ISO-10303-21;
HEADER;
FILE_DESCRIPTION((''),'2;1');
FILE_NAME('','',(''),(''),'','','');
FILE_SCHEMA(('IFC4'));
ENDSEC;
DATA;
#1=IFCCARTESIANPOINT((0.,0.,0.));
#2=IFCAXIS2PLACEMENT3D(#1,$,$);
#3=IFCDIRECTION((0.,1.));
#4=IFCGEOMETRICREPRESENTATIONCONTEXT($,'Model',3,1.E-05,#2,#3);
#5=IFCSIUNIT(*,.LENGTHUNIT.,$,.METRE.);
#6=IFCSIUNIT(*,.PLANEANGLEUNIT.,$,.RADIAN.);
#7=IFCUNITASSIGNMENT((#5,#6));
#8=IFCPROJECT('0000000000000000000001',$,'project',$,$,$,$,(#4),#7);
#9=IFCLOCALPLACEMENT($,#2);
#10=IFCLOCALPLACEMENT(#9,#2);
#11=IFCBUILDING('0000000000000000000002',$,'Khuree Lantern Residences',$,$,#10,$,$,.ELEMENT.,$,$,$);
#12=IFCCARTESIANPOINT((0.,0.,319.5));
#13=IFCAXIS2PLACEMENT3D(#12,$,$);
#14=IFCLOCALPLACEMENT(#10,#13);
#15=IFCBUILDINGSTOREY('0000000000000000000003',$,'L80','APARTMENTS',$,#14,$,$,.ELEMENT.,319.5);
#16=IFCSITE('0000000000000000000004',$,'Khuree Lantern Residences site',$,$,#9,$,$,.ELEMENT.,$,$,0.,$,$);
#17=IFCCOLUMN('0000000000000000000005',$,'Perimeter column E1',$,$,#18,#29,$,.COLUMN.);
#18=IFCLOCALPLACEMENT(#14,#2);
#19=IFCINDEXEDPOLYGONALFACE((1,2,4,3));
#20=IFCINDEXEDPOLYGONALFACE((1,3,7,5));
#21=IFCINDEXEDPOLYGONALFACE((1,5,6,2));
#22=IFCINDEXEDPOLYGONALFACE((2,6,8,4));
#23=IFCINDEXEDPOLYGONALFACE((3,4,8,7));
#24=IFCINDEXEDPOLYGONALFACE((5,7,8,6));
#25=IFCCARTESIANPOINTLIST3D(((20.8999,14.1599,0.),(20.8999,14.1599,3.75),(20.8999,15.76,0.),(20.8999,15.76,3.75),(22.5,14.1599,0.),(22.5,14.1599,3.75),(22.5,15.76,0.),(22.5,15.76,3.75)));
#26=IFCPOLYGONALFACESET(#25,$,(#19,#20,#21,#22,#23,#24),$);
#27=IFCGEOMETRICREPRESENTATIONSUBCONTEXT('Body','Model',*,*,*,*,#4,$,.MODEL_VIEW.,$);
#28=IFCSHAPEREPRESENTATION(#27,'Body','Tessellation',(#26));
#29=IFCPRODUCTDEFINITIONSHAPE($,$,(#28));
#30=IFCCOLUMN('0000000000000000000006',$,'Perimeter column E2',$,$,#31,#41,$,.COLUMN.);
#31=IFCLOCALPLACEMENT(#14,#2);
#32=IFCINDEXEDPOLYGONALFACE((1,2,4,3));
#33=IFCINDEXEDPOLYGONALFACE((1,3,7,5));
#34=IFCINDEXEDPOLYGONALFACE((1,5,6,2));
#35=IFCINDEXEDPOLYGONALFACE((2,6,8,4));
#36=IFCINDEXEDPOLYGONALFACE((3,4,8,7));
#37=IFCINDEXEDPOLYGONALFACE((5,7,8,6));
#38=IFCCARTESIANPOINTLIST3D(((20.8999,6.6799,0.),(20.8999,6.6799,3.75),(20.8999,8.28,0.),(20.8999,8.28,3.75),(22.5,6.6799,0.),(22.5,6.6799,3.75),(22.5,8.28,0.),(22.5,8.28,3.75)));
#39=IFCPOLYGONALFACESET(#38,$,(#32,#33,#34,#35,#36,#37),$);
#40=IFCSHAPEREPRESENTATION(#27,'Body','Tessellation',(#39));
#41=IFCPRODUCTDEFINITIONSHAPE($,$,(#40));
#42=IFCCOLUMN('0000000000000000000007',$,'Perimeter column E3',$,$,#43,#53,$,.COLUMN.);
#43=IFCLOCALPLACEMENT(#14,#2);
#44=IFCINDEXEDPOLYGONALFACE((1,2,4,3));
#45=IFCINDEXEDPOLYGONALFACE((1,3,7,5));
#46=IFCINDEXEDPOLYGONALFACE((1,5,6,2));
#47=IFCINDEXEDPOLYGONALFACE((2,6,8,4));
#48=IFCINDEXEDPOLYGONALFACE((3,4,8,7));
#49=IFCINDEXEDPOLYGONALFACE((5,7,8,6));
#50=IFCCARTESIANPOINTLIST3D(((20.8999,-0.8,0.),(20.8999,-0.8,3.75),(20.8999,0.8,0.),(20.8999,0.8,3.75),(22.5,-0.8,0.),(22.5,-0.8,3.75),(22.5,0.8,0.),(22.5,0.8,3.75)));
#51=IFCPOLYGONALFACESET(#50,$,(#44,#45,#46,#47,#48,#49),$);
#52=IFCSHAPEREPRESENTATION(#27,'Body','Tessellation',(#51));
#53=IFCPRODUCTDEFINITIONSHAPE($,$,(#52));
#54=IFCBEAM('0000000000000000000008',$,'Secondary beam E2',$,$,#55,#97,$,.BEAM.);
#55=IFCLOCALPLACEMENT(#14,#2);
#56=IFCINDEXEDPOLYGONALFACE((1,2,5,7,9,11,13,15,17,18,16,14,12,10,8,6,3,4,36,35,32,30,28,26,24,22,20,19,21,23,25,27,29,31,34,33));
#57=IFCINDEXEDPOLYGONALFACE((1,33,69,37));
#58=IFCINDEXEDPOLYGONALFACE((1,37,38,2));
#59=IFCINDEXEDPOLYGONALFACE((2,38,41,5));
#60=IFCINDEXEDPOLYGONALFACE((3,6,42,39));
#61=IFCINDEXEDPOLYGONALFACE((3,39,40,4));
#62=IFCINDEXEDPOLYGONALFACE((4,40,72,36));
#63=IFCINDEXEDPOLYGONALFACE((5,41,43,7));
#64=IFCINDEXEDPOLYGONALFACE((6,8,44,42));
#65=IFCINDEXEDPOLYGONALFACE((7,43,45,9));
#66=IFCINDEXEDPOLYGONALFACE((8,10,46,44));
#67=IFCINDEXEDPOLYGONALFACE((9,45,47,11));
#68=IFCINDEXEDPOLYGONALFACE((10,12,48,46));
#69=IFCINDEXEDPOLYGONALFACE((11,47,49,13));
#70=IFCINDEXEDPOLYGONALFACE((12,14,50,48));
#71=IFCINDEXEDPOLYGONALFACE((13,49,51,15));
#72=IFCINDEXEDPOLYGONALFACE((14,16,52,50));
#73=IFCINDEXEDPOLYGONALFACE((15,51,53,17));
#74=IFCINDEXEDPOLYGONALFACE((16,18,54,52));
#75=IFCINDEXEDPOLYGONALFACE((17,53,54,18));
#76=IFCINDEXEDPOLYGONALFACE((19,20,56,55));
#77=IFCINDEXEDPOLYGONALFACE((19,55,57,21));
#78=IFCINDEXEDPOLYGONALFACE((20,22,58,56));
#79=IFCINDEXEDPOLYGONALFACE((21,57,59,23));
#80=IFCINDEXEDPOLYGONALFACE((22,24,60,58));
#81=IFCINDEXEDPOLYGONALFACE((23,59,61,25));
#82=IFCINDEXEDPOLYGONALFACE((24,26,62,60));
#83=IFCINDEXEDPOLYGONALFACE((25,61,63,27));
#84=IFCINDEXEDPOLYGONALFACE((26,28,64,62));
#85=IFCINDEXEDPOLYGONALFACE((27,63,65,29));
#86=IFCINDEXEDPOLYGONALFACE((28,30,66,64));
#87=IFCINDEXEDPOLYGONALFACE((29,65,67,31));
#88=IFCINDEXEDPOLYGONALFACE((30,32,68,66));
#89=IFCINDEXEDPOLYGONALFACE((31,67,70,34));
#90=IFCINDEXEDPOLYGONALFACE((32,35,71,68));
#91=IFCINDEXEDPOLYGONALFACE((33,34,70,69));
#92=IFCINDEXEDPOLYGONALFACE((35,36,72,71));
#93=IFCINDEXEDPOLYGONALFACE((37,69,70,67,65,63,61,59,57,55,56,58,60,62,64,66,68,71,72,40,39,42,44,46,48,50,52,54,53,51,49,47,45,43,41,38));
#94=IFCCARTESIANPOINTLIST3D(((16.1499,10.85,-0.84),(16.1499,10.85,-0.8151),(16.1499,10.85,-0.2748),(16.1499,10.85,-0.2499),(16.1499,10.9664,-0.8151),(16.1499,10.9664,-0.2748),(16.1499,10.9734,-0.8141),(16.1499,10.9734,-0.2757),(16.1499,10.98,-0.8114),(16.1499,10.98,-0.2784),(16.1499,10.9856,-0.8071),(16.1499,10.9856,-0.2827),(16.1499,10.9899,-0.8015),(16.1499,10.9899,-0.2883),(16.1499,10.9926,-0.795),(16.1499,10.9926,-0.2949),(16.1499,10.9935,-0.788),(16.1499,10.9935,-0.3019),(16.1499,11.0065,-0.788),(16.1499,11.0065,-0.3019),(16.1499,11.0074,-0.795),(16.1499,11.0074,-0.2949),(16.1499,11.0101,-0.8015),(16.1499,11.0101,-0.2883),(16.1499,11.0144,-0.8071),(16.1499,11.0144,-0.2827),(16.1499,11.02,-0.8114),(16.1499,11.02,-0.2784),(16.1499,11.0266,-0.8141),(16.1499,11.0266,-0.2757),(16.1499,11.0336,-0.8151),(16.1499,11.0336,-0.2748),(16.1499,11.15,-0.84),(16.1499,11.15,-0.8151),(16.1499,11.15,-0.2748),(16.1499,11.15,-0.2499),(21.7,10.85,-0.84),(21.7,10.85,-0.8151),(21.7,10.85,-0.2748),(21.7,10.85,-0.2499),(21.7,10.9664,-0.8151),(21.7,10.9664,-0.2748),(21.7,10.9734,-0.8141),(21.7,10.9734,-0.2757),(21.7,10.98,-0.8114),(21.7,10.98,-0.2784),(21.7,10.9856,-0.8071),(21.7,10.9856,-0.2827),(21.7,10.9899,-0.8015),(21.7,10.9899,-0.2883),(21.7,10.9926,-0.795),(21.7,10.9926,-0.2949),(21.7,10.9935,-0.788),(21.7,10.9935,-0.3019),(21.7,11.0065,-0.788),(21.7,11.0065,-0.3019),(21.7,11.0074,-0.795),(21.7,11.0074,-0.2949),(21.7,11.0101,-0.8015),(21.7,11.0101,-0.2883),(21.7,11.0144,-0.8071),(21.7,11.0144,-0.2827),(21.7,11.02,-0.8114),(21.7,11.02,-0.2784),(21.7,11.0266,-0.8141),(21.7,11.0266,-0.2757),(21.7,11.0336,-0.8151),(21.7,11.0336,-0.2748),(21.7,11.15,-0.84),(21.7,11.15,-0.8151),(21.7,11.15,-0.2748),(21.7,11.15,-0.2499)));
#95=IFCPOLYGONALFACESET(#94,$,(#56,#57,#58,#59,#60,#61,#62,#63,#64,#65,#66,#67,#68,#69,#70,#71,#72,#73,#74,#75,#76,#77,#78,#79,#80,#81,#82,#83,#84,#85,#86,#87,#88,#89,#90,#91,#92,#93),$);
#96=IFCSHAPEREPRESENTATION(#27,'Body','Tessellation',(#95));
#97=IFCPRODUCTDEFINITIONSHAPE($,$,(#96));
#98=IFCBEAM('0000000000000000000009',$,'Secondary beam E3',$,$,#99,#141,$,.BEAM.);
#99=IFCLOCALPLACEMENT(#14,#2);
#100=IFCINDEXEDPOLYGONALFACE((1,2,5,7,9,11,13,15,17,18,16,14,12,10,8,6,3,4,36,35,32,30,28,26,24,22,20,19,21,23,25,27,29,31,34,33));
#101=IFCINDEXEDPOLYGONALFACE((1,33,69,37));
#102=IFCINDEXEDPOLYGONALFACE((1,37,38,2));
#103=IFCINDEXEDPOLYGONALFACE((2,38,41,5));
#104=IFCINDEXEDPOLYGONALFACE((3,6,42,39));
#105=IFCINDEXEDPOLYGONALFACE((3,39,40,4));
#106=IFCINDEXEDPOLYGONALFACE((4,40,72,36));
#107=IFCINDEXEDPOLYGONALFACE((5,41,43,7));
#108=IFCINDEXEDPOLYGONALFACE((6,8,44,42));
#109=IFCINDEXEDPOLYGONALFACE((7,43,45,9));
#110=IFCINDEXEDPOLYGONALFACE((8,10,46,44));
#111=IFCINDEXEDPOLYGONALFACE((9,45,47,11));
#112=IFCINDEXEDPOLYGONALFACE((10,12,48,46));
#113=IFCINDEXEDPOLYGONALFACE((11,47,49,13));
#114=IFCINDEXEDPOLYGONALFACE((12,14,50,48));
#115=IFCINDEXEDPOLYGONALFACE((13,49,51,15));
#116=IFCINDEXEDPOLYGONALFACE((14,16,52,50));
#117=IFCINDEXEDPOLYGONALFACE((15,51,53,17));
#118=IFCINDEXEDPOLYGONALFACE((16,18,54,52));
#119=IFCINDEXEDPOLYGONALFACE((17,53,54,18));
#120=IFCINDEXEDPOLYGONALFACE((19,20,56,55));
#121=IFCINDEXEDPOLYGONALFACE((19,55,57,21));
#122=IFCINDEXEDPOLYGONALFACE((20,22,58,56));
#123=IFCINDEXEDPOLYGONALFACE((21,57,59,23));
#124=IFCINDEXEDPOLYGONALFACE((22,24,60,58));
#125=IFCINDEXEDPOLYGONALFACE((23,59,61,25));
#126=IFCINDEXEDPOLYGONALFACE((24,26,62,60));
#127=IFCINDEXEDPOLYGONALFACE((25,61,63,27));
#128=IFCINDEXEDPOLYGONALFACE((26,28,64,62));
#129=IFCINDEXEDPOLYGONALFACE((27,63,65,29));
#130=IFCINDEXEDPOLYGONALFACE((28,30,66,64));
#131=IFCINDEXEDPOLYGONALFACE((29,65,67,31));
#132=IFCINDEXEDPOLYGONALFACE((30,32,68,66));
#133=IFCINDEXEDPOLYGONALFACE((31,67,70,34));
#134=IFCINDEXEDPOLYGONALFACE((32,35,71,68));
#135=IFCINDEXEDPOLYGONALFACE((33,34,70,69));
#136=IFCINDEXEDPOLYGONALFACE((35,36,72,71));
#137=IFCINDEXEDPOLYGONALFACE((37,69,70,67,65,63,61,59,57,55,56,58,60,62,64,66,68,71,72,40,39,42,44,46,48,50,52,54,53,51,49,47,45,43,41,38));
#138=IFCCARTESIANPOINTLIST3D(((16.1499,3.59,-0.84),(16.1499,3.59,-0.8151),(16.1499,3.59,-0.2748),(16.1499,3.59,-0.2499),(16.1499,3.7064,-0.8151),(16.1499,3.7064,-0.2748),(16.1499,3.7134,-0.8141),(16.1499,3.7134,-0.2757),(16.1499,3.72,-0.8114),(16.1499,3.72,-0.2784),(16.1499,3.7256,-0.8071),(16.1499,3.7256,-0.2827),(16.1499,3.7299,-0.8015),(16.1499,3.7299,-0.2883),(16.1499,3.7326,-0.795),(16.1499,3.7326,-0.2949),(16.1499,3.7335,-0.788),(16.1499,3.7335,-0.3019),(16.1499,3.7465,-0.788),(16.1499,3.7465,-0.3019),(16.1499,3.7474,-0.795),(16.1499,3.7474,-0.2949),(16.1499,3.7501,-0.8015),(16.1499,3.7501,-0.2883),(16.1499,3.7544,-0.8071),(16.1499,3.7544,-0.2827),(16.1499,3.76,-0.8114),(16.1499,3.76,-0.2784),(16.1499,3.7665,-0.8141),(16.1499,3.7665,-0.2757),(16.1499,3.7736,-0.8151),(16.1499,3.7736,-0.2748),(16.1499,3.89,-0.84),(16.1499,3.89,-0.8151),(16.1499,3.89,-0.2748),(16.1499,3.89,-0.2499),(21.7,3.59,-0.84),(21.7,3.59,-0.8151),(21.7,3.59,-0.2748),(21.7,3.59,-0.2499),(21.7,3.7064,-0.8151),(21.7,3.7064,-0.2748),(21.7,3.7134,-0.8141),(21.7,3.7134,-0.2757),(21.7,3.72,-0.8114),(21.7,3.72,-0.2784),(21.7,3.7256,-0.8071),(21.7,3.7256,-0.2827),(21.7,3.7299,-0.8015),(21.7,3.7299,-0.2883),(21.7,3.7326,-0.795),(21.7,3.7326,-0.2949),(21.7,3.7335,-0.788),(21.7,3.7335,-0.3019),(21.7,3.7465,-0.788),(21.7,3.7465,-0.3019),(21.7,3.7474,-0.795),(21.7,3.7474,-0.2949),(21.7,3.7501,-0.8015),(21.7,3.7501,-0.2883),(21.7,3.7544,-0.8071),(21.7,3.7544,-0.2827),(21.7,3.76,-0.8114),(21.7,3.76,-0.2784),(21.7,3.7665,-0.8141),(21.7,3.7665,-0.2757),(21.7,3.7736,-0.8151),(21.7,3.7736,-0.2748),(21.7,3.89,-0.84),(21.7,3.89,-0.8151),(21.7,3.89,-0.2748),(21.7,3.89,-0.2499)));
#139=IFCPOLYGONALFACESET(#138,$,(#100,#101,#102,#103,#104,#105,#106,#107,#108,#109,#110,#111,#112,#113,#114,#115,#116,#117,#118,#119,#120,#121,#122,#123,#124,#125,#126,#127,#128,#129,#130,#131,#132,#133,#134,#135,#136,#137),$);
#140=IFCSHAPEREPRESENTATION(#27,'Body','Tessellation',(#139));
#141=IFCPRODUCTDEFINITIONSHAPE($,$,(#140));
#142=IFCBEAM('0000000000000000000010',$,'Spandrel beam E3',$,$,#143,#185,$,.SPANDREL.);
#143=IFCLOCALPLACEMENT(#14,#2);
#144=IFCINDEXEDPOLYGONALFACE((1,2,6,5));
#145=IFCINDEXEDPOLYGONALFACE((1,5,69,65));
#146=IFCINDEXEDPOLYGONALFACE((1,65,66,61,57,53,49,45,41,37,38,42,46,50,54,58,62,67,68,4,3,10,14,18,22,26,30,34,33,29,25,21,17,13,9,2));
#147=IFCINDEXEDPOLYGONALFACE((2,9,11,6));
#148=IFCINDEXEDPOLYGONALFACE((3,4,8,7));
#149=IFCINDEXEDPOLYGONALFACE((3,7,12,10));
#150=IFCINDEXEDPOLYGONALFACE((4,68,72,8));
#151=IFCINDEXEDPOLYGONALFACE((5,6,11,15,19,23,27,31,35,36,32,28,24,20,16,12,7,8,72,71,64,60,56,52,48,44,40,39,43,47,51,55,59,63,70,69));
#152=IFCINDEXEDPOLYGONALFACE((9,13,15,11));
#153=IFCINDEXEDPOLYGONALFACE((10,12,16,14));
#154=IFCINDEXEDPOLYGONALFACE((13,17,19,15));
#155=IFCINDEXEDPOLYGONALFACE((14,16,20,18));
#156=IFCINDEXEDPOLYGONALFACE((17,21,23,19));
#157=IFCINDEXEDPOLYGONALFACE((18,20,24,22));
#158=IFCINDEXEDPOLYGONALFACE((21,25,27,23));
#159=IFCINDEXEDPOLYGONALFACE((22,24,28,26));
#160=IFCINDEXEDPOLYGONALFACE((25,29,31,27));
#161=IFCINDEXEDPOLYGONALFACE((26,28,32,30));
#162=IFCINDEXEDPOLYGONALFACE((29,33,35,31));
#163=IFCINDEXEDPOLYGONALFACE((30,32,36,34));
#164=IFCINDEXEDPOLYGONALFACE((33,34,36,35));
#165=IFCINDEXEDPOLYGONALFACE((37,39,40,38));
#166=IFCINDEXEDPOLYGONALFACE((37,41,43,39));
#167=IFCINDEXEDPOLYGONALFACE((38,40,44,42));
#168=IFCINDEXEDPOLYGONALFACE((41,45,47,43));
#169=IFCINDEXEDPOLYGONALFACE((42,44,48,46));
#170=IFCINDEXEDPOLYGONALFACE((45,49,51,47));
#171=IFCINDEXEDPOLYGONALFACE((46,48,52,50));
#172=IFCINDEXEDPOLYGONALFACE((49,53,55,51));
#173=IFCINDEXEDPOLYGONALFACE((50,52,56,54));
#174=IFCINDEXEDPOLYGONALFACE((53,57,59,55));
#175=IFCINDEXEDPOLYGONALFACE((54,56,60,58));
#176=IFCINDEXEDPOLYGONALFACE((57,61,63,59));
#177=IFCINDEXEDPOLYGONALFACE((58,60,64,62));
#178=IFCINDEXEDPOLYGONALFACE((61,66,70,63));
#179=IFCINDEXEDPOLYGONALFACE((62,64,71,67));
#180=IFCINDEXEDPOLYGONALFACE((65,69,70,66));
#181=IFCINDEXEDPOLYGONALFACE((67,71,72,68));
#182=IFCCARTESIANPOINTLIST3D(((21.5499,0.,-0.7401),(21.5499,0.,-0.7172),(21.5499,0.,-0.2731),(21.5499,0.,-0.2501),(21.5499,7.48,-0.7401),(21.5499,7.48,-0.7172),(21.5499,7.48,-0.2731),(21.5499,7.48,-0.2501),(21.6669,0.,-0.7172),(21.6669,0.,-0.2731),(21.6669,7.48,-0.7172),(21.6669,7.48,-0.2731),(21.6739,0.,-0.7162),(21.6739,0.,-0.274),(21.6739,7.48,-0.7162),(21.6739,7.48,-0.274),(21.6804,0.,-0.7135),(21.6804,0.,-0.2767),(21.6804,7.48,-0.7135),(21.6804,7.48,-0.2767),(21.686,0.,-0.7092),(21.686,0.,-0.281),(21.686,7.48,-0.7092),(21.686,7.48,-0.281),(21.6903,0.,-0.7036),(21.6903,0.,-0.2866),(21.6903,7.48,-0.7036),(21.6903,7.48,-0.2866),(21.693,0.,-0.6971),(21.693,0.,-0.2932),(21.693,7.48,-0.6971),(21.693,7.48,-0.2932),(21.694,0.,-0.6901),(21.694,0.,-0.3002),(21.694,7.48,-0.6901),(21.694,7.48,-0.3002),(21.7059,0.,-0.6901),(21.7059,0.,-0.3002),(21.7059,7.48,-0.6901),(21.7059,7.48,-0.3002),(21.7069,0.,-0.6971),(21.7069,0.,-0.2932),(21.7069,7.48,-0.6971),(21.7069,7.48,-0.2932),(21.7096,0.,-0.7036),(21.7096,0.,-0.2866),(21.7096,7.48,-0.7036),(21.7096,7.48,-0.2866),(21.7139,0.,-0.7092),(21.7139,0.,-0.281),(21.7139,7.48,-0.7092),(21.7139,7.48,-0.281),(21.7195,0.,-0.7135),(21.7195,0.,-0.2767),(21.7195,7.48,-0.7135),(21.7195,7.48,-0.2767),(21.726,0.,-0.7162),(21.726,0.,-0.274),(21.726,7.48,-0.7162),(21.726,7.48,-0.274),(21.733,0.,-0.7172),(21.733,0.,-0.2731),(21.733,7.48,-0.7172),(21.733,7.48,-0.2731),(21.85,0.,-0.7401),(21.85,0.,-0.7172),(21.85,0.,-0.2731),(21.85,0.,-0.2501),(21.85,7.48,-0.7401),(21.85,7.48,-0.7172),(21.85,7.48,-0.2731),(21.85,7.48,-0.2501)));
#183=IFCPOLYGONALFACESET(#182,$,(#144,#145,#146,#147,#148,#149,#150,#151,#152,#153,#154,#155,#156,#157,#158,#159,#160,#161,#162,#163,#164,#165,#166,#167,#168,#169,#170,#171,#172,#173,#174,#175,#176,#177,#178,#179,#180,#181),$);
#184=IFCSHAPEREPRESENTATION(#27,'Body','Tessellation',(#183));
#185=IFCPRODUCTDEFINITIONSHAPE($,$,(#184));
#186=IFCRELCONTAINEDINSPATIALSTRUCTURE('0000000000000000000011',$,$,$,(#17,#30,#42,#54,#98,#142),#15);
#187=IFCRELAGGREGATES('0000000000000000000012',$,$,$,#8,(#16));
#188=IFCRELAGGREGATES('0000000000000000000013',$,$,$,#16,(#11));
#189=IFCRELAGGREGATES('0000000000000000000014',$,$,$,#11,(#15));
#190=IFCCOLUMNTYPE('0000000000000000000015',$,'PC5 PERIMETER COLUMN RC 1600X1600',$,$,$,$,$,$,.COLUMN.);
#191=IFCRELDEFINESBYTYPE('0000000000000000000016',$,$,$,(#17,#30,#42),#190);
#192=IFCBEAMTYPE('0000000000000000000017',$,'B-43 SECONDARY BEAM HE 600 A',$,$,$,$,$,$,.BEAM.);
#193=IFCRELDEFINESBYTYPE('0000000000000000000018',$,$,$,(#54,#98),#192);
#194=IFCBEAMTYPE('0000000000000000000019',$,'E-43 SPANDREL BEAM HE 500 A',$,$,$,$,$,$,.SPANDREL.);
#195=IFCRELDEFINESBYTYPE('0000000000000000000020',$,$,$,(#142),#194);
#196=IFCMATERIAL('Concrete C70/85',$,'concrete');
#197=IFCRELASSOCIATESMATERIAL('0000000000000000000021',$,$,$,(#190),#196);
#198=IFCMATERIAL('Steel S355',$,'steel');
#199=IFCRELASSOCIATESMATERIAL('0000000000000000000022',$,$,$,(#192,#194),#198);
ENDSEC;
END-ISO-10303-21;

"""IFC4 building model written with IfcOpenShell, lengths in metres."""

from ifc_helpers import new_model, si_unit, direction, frame, origin, origin_2d, place, context, subcontext, project, spatial, rectangle, i_section, extrude, material, material_profile, profile_set, type_object, element, save


model = new_model("IFC4")

# Units and contexts
model_context = context("Model", 3, precision=1e-05, world=origin(), true_north=direction((0.0, 1.0)))
body_context = subcontext(model_context, "Body", "Model", "MODEL_VIEW")
ifc_project = project(units=[si_unit("LENGTHUNIT", "METRE"), si_unit("PLANEANGLEUNIT", "RADIAN")], contexts=[model_context])

# Site, building, storey
site_placement = place(None, origin())
site = spatial("IfcSite", under=ifc_project, at=site_placement, Name="Khuree Lantern Residences site", CompositionType="ELEMENT", RefElevation=0.0)
building_placement = place(site_placement, origin())
building = spatial("IfcBuilding", under=site, at=building_placement, Name="Khuree Lantern Residences", CompositionType="ELEMENT")
storey_placement = place(building_placement, frame((0.0, 0.0, 319.5)))
storey = spatial("IfcBuildingStorey", under=building, at=storey_placement, Name="L80", Description="APARTMENTS", CompositionType="ELEMENT", Elevation=319.5)

# Columns
ifc_material_1 = material(Name="Concrete C70/85", Category="concrete")
ifc_material_profile_1 = material_profile(ifc_material_1, rectangle(XDim=1.6001, YDim=1.6001, at=origin_2d()), Name="RC 1600X1600")
ifc_profile_set_1 = profile_set([ifc_material_profile_1], Name="Concrete C70/85")
column_type = type_object("IfcColumnType", Name="PC5 PERIMETER COLUMN RC 1600X1600", PredefinedType="COLUMN", material=ifc_profile_set_1)
for number, where, z_axis, x_axis, name in (
    (1, (21.7, 14.96, 0.0), (0.0, 0.0, 1.0), (0.0, 1.0, 0.0), "Perimeter column E1"),
    (2, (21.7, 7.48, 0.0), (0.0, 0.0, 1.0), (0.0, 1.0, 0.0), "Perimeter column E2"),
    (3, (21.7, 0.0, 0.0), (0.0, 0.0, 1.0), (0.0, 1.0, 0.0), "Perimeter column E3"),
):
    element("IfcColumn", number, at=place(storey_placement, frame(where, z_axis=z_axis, x_axis=x_axis)), inside=storey, type_object=column_type, Name=name, PredefinedType="COLUMN", context=body_context, shape_type="SweptSolid", body=[
        extrude(rectangle(XDim=1.6001, YDim=1.6001, at=origin_2d()), origin(), (0.0, 0.0, 1.0), 3.75),
    ])

# Beams
ifc_material_2 = material(Name="Steel S355", Category="steel")
ifc_material_profile_2 = material_profile(ifc_material_2, i_section(OverallWidth=0.3, OverallDepth=0.5901, WebThickness=0.0129, FlangeThickness=0.0249, FilletRadius=0.0271, at=origin_2d()), Name="HE 600 A")
ifc_profile_set_2 = profile_set([ifc_material_profile_2], Name="Steel S355")
beam_type_1 = type_object("IfcBeamType", Name="B-43 SECONDARY BEAM HE 600 A", PredefinedType="BEAM", material=ifc_profile_set_2)
for number, where, z_axis, x_axis, name in (
    (4, (21.7, 11.0, -0.5449), (-1.0, 0.0, 0.0), (0.0, -1.0, 0.0), "Secondary beam E2"),
    (5, (21.7, 3.74, -0.5449), (-1.0, 0.0, 0.0), (0.0, -1.0, 0.0), "Secondary beam E3"),
):
    element("IfcBeam", number, at=place(storey_placement, frame(where, z_axis=z_axis, x_axis=x_axis)), inside=storey, type_object=beam_type_1, Name=name, PredefinedType="BEAM", context=body_context, shape_type="SweptSolid", body=[
        extrude(i_section(OverallWidth=0.3, OverallDepth=0.5901, WebThickness=0.0129, FlangeThickness=0.0249, FilletRadius=0.0271, at=origin_2d()), origin(), (0.0, 0.0, 1.0), 5.55),
    ])
ifc_material_profile_3 = material_profile(ifc_material_2, i_section(OverallWidth=0.3, OverallDepth=0.49, WebThickness=0.012, FlangeThickness=0.0229, FilletRadius=0.0271, at=origin_2d()), Name="HE 500 A")
ifc_profile_set_3 = profile_set([ifc_material_profile_3], Name="Steel S355")
beam_type_2 = type_object("IfcBeamType", Name="E-43 SPANDREL BEAM HE 500 A", PredefinedType="SPANDREL", material=ifc_profile_set_3)
for number, where, z_axis, x_axis, name in (
    (6, (21.7, 7.48, -0.4951), (0.0, -1.0, 0.0), (1.0, 0.0, 0.0), "Spandrel beam E3"),
):
    element("IfcBeam", number, at=place(storey_placement, frame(where, z_axis=z_axis, x_axis=x_axis)), inside=storey, type_object=beam_type_2, Name=name, PredefinedType="SPANDREL", context=body_context, shape_type="SweptSolid", body=[
        extrude(i_section(OverallWidth=0.3, OverallDepth=0.49, WebThickness=0.012, FlangeThickness=0.0229, FilletRadius=0.0271, at=origin_2d()), origin(), (0.0, 0.0, 1.0), 7.48),
    ])

save(model, "model.ifc")
